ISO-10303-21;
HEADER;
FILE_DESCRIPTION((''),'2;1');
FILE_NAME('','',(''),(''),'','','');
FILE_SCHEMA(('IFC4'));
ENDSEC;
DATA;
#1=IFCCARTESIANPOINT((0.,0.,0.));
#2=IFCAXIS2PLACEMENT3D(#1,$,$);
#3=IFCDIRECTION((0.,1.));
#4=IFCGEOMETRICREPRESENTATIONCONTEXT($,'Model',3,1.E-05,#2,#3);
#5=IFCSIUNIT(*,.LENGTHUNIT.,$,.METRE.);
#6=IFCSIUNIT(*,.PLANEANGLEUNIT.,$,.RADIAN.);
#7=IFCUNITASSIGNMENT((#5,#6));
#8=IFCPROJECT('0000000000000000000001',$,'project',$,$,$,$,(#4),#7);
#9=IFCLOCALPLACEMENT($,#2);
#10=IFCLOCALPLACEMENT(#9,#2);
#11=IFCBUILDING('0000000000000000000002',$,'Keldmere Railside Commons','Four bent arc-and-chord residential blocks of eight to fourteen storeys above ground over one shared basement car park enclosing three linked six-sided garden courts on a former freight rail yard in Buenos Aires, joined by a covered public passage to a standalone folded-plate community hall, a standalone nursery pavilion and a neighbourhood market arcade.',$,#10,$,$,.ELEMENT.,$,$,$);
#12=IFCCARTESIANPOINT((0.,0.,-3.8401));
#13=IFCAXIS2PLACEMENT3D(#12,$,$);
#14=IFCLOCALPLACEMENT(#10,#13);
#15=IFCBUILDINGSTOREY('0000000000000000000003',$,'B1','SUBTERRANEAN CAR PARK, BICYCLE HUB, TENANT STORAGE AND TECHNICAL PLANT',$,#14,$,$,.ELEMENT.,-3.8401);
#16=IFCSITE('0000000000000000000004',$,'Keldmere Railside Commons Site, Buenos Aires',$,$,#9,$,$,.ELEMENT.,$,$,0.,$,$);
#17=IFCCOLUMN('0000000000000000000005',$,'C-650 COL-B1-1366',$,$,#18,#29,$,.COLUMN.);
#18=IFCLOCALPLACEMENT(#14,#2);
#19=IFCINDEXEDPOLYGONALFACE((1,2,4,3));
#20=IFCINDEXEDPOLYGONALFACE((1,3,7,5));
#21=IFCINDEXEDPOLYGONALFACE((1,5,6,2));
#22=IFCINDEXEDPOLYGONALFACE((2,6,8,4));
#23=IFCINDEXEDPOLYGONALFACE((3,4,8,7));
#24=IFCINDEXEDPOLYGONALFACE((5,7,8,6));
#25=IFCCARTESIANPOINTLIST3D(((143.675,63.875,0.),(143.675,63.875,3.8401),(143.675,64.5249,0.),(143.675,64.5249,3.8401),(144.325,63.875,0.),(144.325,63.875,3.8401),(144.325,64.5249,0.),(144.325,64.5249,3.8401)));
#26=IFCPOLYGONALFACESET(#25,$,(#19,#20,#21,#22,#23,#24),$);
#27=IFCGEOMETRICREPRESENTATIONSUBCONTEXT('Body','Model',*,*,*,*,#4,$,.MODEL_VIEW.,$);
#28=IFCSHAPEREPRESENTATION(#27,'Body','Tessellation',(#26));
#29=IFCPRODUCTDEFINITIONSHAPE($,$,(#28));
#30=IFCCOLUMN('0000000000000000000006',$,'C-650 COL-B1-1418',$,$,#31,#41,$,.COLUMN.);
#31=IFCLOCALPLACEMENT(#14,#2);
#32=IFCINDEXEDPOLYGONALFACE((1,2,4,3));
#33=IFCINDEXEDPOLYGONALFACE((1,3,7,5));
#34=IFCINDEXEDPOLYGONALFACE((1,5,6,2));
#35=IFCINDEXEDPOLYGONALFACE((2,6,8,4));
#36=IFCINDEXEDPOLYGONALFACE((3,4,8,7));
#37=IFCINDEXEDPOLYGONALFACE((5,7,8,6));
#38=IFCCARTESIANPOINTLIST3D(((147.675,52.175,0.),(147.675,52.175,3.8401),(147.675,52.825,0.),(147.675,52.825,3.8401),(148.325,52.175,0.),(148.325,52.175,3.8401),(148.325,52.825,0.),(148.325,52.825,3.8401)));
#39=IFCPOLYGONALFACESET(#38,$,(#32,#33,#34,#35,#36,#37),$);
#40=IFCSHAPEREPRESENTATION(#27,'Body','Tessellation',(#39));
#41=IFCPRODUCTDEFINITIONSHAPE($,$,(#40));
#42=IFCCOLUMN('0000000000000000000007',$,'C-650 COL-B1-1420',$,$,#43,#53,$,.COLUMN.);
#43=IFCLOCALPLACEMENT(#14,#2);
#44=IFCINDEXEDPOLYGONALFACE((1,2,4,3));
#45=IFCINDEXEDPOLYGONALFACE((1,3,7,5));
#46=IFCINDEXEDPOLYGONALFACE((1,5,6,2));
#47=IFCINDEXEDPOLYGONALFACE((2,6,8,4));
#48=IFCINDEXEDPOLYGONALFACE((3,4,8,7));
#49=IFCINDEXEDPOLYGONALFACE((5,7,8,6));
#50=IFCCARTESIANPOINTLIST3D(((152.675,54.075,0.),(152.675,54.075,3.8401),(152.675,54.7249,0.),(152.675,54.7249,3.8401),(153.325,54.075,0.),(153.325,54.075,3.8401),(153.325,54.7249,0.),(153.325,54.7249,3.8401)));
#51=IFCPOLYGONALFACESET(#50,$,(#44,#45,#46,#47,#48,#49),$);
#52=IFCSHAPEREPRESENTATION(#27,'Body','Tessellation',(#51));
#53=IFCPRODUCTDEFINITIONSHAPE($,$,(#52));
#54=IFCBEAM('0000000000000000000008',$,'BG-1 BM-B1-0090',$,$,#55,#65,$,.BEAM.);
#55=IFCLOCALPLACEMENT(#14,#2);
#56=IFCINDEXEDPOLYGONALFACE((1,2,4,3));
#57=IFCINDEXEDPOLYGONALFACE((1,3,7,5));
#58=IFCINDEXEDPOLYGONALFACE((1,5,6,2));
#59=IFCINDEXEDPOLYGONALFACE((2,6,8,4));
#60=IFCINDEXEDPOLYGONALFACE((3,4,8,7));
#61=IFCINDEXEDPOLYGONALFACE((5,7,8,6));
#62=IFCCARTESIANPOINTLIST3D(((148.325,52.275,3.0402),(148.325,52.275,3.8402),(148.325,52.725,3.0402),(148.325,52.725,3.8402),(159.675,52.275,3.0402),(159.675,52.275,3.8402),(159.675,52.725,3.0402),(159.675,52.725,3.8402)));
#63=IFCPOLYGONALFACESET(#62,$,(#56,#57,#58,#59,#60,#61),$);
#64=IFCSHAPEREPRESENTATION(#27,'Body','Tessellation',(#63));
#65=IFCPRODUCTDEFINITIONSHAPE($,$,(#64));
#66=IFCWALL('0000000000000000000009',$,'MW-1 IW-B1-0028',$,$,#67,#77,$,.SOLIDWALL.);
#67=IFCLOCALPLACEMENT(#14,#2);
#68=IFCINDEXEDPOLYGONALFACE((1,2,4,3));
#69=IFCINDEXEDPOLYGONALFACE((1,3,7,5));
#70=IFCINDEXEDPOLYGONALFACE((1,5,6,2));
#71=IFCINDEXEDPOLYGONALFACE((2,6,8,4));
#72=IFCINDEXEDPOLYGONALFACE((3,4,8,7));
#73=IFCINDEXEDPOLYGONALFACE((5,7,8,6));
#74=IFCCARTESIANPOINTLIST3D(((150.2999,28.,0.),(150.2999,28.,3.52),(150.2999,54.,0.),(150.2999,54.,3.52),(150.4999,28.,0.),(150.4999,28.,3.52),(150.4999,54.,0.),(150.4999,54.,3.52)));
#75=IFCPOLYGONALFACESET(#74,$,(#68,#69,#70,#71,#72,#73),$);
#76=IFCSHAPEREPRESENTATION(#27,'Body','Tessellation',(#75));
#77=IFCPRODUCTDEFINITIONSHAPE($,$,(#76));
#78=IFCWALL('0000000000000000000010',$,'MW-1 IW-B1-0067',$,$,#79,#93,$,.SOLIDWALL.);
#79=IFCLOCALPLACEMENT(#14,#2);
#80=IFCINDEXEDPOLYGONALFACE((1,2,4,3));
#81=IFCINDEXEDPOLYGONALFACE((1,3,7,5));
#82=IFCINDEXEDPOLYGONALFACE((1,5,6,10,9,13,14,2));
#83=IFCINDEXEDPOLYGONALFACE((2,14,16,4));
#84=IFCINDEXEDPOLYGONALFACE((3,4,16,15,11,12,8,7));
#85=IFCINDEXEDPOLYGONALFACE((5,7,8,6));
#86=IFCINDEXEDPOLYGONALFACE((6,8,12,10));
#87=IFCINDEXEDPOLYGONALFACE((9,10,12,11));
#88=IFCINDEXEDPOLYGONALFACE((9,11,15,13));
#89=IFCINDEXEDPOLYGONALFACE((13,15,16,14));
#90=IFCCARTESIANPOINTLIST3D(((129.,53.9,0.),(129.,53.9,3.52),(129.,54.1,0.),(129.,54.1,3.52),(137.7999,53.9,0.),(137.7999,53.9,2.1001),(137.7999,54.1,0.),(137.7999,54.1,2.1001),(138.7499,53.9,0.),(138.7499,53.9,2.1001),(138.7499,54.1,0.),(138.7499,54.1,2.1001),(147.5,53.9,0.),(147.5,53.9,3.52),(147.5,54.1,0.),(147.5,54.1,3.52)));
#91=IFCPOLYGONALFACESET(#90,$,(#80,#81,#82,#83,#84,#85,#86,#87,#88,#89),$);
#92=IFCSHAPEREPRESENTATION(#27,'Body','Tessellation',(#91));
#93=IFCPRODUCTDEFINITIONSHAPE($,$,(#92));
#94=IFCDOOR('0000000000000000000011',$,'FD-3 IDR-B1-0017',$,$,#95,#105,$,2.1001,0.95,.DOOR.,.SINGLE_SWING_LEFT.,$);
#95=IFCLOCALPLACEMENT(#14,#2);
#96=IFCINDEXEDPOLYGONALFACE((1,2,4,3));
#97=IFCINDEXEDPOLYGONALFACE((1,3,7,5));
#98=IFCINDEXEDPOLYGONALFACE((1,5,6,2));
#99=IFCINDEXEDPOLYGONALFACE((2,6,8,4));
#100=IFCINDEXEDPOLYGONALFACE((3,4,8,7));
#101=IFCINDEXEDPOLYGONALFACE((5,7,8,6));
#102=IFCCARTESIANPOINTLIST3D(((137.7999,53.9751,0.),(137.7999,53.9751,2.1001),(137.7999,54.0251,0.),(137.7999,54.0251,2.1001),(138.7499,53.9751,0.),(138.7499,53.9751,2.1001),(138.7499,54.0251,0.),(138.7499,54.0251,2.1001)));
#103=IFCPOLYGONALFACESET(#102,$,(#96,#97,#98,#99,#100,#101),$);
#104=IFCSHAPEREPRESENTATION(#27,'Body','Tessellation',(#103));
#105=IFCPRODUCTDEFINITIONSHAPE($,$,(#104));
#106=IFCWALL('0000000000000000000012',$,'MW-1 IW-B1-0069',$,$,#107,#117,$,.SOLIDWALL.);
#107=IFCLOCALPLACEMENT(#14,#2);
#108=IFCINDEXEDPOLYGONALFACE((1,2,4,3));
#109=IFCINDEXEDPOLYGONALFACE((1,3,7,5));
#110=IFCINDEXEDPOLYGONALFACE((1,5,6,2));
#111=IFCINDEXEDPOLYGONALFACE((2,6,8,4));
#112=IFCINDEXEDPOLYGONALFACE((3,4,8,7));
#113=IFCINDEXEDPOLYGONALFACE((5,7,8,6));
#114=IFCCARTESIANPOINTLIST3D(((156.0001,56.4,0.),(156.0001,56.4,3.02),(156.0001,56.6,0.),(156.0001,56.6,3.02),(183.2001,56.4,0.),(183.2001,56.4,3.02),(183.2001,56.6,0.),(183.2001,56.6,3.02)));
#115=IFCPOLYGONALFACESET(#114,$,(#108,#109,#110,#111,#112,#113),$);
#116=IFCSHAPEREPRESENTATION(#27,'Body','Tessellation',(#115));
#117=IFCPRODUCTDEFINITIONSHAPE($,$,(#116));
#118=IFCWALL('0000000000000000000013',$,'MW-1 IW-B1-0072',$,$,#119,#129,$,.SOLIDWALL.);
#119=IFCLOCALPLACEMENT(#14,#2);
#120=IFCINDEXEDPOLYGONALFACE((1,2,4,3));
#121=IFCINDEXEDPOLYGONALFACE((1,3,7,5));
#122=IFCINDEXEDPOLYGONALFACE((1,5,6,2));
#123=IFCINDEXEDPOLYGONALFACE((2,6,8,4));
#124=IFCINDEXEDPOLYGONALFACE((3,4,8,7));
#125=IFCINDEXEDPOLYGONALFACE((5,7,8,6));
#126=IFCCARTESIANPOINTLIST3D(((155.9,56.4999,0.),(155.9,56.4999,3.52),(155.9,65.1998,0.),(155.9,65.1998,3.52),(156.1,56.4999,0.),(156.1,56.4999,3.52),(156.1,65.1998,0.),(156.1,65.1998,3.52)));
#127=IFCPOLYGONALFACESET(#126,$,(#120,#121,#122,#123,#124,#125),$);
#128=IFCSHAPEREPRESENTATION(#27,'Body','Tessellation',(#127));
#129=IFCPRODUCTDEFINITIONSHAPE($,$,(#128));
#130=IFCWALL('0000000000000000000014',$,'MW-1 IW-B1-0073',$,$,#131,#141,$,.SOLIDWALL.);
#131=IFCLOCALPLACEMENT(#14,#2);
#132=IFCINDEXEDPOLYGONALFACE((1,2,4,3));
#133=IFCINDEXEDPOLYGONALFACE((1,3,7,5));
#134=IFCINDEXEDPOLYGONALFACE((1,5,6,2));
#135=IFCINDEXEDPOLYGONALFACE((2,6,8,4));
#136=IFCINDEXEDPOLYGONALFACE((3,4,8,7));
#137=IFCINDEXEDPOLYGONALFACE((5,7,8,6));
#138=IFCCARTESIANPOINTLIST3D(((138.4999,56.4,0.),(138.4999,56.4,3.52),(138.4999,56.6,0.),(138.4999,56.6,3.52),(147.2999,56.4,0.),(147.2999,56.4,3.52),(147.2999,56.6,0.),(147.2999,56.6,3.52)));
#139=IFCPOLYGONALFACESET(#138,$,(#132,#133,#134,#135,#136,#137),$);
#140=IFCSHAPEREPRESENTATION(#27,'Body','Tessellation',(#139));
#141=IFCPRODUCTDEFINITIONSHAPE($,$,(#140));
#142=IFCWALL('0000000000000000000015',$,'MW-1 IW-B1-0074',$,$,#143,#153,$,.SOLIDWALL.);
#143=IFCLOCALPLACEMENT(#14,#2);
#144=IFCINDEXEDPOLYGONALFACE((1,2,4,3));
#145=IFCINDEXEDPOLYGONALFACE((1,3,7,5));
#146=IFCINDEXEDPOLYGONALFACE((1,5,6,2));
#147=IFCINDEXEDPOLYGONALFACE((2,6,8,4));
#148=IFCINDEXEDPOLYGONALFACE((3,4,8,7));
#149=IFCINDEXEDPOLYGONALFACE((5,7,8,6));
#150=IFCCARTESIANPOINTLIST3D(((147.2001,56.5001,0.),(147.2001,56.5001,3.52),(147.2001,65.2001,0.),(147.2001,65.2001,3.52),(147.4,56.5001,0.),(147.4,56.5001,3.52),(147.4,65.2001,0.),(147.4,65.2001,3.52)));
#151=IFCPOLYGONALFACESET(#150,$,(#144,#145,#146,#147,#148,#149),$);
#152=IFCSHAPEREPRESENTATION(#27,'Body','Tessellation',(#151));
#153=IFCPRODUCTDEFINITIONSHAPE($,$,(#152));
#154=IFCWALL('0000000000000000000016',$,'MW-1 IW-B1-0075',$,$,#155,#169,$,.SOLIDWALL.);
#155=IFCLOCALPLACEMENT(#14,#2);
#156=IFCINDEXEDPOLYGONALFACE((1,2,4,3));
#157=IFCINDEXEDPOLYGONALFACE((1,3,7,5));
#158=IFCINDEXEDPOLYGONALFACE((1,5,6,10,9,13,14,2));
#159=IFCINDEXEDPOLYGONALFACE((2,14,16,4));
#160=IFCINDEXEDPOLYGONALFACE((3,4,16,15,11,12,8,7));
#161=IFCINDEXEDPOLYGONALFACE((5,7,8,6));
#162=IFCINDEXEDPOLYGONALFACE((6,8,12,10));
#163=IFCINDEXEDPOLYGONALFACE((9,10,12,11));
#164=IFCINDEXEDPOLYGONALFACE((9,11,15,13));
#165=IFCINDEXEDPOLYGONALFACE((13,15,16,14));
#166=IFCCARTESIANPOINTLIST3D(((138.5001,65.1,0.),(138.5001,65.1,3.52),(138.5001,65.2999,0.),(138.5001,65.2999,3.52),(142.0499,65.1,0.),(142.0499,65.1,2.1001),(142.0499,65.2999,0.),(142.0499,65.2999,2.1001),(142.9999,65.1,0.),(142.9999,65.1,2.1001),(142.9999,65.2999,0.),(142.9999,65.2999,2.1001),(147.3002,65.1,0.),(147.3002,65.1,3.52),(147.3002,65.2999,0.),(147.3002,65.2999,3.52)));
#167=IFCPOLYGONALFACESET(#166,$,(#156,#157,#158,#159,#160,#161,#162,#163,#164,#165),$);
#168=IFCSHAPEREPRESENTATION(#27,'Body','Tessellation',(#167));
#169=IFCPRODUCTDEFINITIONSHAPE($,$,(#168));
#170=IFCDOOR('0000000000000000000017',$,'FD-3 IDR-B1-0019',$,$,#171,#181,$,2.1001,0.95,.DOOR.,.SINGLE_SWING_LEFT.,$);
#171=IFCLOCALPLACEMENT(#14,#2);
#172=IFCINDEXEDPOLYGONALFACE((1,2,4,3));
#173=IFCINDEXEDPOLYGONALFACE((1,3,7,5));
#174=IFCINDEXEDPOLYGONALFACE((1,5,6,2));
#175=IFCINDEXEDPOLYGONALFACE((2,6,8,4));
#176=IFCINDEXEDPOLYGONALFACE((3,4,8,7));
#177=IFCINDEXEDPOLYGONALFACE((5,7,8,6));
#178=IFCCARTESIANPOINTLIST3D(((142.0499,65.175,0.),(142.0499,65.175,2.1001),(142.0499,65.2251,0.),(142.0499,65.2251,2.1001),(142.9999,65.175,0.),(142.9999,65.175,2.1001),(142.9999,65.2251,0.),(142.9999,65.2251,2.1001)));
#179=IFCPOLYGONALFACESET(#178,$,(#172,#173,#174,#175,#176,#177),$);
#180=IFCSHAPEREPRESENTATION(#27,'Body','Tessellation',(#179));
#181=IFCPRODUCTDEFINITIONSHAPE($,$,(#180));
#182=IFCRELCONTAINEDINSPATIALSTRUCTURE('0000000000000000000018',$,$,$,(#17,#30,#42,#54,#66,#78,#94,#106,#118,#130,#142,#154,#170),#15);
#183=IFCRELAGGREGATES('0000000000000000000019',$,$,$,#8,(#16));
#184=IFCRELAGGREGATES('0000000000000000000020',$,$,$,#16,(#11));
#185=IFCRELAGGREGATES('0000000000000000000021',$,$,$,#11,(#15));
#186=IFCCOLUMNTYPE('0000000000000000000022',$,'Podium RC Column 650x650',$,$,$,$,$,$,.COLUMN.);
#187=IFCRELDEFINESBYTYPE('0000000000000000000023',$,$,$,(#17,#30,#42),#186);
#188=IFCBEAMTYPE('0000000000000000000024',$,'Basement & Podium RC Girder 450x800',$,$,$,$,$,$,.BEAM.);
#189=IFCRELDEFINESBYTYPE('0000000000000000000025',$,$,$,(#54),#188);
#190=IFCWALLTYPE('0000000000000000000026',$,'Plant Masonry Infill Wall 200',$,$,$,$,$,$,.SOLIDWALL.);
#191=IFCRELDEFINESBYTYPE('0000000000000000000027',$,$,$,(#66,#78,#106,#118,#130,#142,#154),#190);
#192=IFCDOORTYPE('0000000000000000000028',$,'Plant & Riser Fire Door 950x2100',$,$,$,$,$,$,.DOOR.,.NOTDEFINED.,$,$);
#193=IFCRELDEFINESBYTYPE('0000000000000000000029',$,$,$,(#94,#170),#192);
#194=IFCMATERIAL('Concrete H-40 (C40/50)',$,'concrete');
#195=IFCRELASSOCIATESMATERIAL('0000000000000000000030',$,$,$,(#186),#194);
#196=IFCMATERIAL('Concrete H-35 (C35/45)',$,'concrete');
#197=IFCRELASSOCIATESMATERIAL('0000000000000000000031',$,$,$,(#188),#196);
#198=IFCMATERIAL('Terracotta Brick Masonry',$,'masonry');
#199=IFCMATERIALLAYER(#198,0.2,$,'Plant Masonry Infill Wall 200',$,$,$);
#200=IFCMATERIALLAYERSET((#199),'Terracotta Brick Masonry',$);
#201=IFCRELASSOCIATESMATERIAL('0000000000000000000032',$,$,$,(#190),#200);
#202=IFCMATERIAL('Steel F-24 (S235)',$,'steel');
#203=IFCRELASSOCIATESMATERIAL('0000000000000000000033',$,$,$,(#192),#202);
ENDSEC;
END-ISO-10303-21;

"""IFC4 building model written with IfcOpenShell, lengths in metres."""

from ifc_helpers import new_model, si_unit, direction, frame, frame_2d, origin, origin_2d, place, context, subcontext, project, spatial, rectangle, extrude, material, layer, layer_set, material_profile, profile_set, type_object, element, fill, save


model = new_model("IFC4")

# Units and contexts
model_context = context("Model", 3, precision=1e-05, world=origin(), true_north=direction((0.0, 1.0)))
body_context = subcontext(model_context, "Body", "Model", "MODEL_VIEW")
ifc_project = project(units=[si_unit("LENGTHUNIT", "METRE"), si_unit("PLANEANGLEUNIT", "RADIAN")], contexts=[model_context])

# Site, building, storey
site_placement = place(None, origin())
site = spatial("IfcSite", under=ifc_project, at=site_placement, Name="Keldmere Railside Commons Site, Buenos Aires", CompositionType="ELEMENT", RefElevation=0.0)
building_placement = place(site_placement, origin())
building = spatial("IfcBuilding", under=site, at=building_placement, Name="Keldmere Railside Commons", Description="Four bent arc-and-chord residential blocks of eight to fourteen storeys above ground over one shared basement car park enclosing three linked six-sided garden courts on a former freight rail yard in Buenos Aires, joined by a covered public passage to a standalone folded-plate community hall, a standalone nursery pavilion and a neighbourhood market arcade.", CompositionType="ELEMENT")
storey_placement = place(building_placement, frame((0.0, 0.0, -3.8401)))
storey = spatial("IfcBuildingStorey", under=building, at=storey_placement, Name="B1", Description="SUBTERRANEAN CAR PARK, BICYCLE HUB, TENANT STORAGE AND TECHNICAL PLANT", CompositionType="ELEMENT", Elevation=-3.8401)

# Shared definitions
ifc_material_1 = material(Name="Concrete H-40 (C40/50)", Category="concrete")

# Columns
ifc_material_profile_1 = material_profile(ifc_material_1, rectangle(XDim=0.6499, YDim=0.6499, at=origin_2d()), Name="RC-650x650")
ifc_profile_set_1 = profile_set([ifc_material_profile_1], Name="Concrete H-40 (C40/50)")
column_type = type_object("IfcColumnType", Name="Podium RC Column 650x650", PredefinedType="COLUMN", material=ifc_profile_set_1)
for number, where, z_axis, x_axis, name in (
    (1, (144.0, 64.2, 0.0), (0.0, 0.0, 1.0), (1.0, 0.0, 0.0), "C-650 COL-B1-1366"),
    (2, (148.0, 52.5, 0.0), (0.0, 0.0, 1.0), (1.0, 0.0, 0.0), "C-650 COL-B1-1418"),
    (3, (153.0, 54.3999, 0.0), (0.0, 0.0, 1.0), (1.0, 0.0, 0.0), "C-650 COL-B1-1420"),
):
    element("IfcColumn", number, at=place(storey_placement, frame(where, z_axis=z_axis, x_axis=x_axis)), inside=storey, type_object=column_type, Name=name, PredefinedType="COLUMN", context=body_context, shape_type="SweptSolid", body=[
        extrude(rectangle(XDim=0.6499, YDim=0.6499, at=origin_2d()), origin(), (0.0, 0.0, 1.0), 3.8401),
    ])

# Beam
ifc_material_2 = material(Name="Concrete H-35 (C35/45)", Category="concrete")
ifc_material_profile_2 = material_profile(ifc_material_2, rectangle(XDim=0.45, YDim=0.8, at=origin_2d()), Name="RC-450x800")
ifc_profile_set_2 = profile_set([ifc_material_profile_2], Name="Concrete H-35 (C35/45)")
beam_type = type_object("IfcBeamType", Name="Basement & Podium RC Girder 450x800", PredefinedType="BEAM", material=ifc_profile_set_2)
beam_placement = place(storey_placement, frame((148.325, 52.5, 3.4402), z_axis=(1.0, 0.0, 0.0), x_axis=(0.0, 1.0, 0.0)))
element("IfcBeam", 4, at=beam_placement, inside=storey, type_object=beam_type, Name="BG-1 BM-B1-0090", PredefinedType="BEAM", context=body_context, shape_type="SweptSolid", body=[
    extrude(rectangle(XDim=0.45, YDim=0.8, at=origin_2d()), origin(), (0.0, 0.0, 1.0), 11.3501),
])

# Wall
ifc_material_3 = material(Name="Terracotta Brick Masonry", Category="masonry")
ifc_layer = layer(ifc_material_3, 0.2, Name="Plant Masonry Infill Wall 200")
ifc_layer_set = layer_set([ifc_layer], Name="Terracotta Brick Masonry")
wall_type = type_object("IfcWallType", Name="Plant Masonry Infill Wall 200", PredefinedType="SOLIDWALL", material=ifc_layer_set)
wall_1_placement = place(storey_placement, frame((150.3999, 54.0, 0.0), z_axis=(0.0, 0.0, 1.0), x_axis=(0.0, -1.0, 0.0)))
element("IfcWall", 5, at=wall_1_placement, inside=storey, type_object=wall_type, Name="MW-1 IW-B1-0028", PredefinedType="SOLIDWALL", context=body_context, shape_type="SweptSolid", body=[
    extrude(rectangle(XDim=26.0, YDim=0.2, at=frame_2d((13.0, 0.0))), origin(), (0.0, 0.0, 1.0), 3.52),
])

# Wall, opening, door
wall_2_placement = place(storey_placement, frame((147.5, 54.0, 0.0), z_axis=(0.0, 0.0, 1.0), x_axis=(-1.0, 0.0, 0.0)))
wall_2 = element("IfcWall", 6, at=wall_2_placement, inside=storey, type_object=wall_type, Name="MW-1 IW-B1-0067", PredefinedType="SOLIDWALL", context=body_context, shape_type="SweptSolid", body=[
    extrude(rectangle(XDim=18.5, YDim=0.2, at=frame_2d((9.25, 0.0))), origin(), (0.0, 0.0, 1.0), 3.52),
])
opening_1_placement = place(wall_2_placement, frame((8.75, 0.0, 0.0)))
opening_1 = element("IfcOpeningElement", 7, at=opening_1_placement, cuts=wall_2, PredefinedType="OPENING", context=body_context, shape_type="SweptSolid", body=[
    extrude(rectangle(XDim=0.95, YDim=2.1001, at=frame_2d((0.4751, 1.05))), frame((0.0, 0.1099, 0.0), z_axis=(0.0, -1.0, 0.0), x_axis=(1.0, 0.0, 0.0)), (0.0, 0.0, 1.0), 0.22),
])
ifc_material_4 = material(Name="Steel F-24 (S235)", Category="steel")
door_type = type_object("IfcDoorType", Name="Plant & Riser Fire Door 950x2100", OperationType="NOTDEFINED", PredefinedType="DOOR", material=ifc_material_4)
door_1_placement = place(opening_1_placement, origin())
door_1 = element("IfcDoor", 8, at=door_1_placement, inside=storey, type_object=door_type, Name="FD-3 IDR-B1-0017", OperationType="SINGLE_SWING_LEFT", OverallHeight=2.1001, OverallWidth=0.95, PredefinedType="DOOR", context=body_context, shape_type="SweptSolid", body=[
    extrude(rectangle(XDim=0.95, YDim=2.1001, at=frame_2d((0.4751, 1.05))), frame((0.0, 0.0249, 0.0), z_axis=(0.0, -1.0, 0.0), x_axis=(1.0, 0.0, 0.0)), (0.0, 0.0, 1.0), 0.05),
])
fill(opening_1, door_1)

# Walls
wall_3_placement = place(storey_placement, frame((156.0, 56.5, 0.0), z_axis=(0.0, 0.0, 1.0), x_axis=(1.0, 0.0, 0.0)))
element("IfcWall", 9, at=wall_3_placement, inside=storey, type_object=wall_type, Name="MW-1 IW-B1-0069", PredefinedType="SOLIDWALL", context=body_context, shape_type="SweptSolid", body=[
    extrude(rectangle(XDim=27.2, YDim=0.2, at=frame_2d((13.6001, 0.0))), origin(), (0.0, 0.0, 1.0), 3.02),
])
wall_4_placement = place(storey_placement, frame((156.0, 65.2, 0.0), z_axis=(0.0, 0.0, 1.0), x_axis=(0.0, -1.0, 0.0)))
element("IfcWall", 10, at=wall_4_placement, inside=storey, type_object=wall_type, Name="MW-1 IW-B1-0072", PredefinedType="SOLIDWALL", context=body_context, shape_type="SweptSolid", body=[
    extrude(rectangle(XDim=8.7, YDim=0.2, at=frame_2d((4.3501, 0.0))), origin(), (0.0, 0.0, 1.0), 3.52),
])
wall_5_placement = place(storey_placement, frame((138.5, 56.5, 0.0), z_axis=(0.0, 0.0, 1.0), x_axis=(1.0, 0.0, 0.0)))
element("IfcWall", 11, at=wall_5_placement, inside=storey, type_object=wall_type, Name="MW-1 IW-B1-0073", PredefinedType="SOLIDWALL", context=body_context, shape_type="SweptSolid", body=[
    extrude(rectangle(XDim=8.8, YDim=0.2, at=frame_2d((4.3999, 0.0))), origin(), (0.0, 0.0, 1.0), 3.52),
])
wall_6_placement = place(storey_placement, frame((147.3, 56.5, 0.0), z_axis=(0.0, 0.0, 1.0), x_axis=(0.0, 1.0, 0.0)))
element("IfcWall", 12, at=wall_6_placement, inside=storey, type_object=wall_type, Name="MW-1 IW-B1-0074", PredefinedType="SOLIDWALL", context=body_context, shape_type="SweptSolid", body=[
    extrude(rectangle(XDim=8.7, YDim=0.2, at=frame_2d((4.3501, 0.0))), origin(), (0.0, 0.0, 1.0), 3.52),
])

# Wall, opening, door
wall_7_placement = place(storey_placement, frame((147.3, 65.2, 0.0), z_axis=(0.0, 0.0, 1.0), x_axis=(-1.0, 0.0, 0.0)))
wall_7 = element("IfcWall", 13, at=wall_7_placement, inside=storey, type_object=wall_type, Name="MW-1 IW-B1-0075", PredefinedType="SOLIDWALL", context=body_context, shape_type="SweptSolid", body=[
    extrude(rectangle(XDim=8.8, YDim=0.2, at=frame_2d((4.3999, 0.0))), origin(), (0.0, 0.0, 1.0), 3.52),
])
opening_2_placement = place(wall_7_placement, frame((4.3, 0.0, 0.0)))
opening_2 = element("IfcOpeningElement", 14, at=opening_2_placement, cuts=wall_7, PredefinedType="OPENING", context=body_context, shape_type="SweptSolid", body=[
    extrude(rectangle(XDim=0.95, YDim=2.1001, at=frame_2d((0.4751, 1.05))), frame((0.0, 0.1099, 0.0), z_axis=(0.0, -1.0, 0.0), x_axis=(1.0, 0.0, 0.0)), (0.0, 0.0, 1.0), 0.22),
])
door_2_placement = place(opening_2_placement, origin())
door_2 = element("IfcDoor", 15, at=door_2_placement, inside=storey, type_object=door_type, Name="FD-3 IDR-B1-0019", OperationType="SINGLE_SWING_LEFT", OverallHeight=2.1001, OverallWidth=0.95, PredefinedType="DOOR", context=body_context, shape_type="SweptSolid", body=[
    extrude(rectangle(XDim=0.95, YDim=2.1001, at=frame_2d((0.4751, 1.05))), frame((0.0, 0.0249, 0.0), z_axis=(0.0, -1.0, 0.0), x_axis=(1.0, 0.0, 0.0)), (0.0, 0.0, 1.0), 0.05),
])
fill(opening_2, door_2)

save(model, "model.ifc")
